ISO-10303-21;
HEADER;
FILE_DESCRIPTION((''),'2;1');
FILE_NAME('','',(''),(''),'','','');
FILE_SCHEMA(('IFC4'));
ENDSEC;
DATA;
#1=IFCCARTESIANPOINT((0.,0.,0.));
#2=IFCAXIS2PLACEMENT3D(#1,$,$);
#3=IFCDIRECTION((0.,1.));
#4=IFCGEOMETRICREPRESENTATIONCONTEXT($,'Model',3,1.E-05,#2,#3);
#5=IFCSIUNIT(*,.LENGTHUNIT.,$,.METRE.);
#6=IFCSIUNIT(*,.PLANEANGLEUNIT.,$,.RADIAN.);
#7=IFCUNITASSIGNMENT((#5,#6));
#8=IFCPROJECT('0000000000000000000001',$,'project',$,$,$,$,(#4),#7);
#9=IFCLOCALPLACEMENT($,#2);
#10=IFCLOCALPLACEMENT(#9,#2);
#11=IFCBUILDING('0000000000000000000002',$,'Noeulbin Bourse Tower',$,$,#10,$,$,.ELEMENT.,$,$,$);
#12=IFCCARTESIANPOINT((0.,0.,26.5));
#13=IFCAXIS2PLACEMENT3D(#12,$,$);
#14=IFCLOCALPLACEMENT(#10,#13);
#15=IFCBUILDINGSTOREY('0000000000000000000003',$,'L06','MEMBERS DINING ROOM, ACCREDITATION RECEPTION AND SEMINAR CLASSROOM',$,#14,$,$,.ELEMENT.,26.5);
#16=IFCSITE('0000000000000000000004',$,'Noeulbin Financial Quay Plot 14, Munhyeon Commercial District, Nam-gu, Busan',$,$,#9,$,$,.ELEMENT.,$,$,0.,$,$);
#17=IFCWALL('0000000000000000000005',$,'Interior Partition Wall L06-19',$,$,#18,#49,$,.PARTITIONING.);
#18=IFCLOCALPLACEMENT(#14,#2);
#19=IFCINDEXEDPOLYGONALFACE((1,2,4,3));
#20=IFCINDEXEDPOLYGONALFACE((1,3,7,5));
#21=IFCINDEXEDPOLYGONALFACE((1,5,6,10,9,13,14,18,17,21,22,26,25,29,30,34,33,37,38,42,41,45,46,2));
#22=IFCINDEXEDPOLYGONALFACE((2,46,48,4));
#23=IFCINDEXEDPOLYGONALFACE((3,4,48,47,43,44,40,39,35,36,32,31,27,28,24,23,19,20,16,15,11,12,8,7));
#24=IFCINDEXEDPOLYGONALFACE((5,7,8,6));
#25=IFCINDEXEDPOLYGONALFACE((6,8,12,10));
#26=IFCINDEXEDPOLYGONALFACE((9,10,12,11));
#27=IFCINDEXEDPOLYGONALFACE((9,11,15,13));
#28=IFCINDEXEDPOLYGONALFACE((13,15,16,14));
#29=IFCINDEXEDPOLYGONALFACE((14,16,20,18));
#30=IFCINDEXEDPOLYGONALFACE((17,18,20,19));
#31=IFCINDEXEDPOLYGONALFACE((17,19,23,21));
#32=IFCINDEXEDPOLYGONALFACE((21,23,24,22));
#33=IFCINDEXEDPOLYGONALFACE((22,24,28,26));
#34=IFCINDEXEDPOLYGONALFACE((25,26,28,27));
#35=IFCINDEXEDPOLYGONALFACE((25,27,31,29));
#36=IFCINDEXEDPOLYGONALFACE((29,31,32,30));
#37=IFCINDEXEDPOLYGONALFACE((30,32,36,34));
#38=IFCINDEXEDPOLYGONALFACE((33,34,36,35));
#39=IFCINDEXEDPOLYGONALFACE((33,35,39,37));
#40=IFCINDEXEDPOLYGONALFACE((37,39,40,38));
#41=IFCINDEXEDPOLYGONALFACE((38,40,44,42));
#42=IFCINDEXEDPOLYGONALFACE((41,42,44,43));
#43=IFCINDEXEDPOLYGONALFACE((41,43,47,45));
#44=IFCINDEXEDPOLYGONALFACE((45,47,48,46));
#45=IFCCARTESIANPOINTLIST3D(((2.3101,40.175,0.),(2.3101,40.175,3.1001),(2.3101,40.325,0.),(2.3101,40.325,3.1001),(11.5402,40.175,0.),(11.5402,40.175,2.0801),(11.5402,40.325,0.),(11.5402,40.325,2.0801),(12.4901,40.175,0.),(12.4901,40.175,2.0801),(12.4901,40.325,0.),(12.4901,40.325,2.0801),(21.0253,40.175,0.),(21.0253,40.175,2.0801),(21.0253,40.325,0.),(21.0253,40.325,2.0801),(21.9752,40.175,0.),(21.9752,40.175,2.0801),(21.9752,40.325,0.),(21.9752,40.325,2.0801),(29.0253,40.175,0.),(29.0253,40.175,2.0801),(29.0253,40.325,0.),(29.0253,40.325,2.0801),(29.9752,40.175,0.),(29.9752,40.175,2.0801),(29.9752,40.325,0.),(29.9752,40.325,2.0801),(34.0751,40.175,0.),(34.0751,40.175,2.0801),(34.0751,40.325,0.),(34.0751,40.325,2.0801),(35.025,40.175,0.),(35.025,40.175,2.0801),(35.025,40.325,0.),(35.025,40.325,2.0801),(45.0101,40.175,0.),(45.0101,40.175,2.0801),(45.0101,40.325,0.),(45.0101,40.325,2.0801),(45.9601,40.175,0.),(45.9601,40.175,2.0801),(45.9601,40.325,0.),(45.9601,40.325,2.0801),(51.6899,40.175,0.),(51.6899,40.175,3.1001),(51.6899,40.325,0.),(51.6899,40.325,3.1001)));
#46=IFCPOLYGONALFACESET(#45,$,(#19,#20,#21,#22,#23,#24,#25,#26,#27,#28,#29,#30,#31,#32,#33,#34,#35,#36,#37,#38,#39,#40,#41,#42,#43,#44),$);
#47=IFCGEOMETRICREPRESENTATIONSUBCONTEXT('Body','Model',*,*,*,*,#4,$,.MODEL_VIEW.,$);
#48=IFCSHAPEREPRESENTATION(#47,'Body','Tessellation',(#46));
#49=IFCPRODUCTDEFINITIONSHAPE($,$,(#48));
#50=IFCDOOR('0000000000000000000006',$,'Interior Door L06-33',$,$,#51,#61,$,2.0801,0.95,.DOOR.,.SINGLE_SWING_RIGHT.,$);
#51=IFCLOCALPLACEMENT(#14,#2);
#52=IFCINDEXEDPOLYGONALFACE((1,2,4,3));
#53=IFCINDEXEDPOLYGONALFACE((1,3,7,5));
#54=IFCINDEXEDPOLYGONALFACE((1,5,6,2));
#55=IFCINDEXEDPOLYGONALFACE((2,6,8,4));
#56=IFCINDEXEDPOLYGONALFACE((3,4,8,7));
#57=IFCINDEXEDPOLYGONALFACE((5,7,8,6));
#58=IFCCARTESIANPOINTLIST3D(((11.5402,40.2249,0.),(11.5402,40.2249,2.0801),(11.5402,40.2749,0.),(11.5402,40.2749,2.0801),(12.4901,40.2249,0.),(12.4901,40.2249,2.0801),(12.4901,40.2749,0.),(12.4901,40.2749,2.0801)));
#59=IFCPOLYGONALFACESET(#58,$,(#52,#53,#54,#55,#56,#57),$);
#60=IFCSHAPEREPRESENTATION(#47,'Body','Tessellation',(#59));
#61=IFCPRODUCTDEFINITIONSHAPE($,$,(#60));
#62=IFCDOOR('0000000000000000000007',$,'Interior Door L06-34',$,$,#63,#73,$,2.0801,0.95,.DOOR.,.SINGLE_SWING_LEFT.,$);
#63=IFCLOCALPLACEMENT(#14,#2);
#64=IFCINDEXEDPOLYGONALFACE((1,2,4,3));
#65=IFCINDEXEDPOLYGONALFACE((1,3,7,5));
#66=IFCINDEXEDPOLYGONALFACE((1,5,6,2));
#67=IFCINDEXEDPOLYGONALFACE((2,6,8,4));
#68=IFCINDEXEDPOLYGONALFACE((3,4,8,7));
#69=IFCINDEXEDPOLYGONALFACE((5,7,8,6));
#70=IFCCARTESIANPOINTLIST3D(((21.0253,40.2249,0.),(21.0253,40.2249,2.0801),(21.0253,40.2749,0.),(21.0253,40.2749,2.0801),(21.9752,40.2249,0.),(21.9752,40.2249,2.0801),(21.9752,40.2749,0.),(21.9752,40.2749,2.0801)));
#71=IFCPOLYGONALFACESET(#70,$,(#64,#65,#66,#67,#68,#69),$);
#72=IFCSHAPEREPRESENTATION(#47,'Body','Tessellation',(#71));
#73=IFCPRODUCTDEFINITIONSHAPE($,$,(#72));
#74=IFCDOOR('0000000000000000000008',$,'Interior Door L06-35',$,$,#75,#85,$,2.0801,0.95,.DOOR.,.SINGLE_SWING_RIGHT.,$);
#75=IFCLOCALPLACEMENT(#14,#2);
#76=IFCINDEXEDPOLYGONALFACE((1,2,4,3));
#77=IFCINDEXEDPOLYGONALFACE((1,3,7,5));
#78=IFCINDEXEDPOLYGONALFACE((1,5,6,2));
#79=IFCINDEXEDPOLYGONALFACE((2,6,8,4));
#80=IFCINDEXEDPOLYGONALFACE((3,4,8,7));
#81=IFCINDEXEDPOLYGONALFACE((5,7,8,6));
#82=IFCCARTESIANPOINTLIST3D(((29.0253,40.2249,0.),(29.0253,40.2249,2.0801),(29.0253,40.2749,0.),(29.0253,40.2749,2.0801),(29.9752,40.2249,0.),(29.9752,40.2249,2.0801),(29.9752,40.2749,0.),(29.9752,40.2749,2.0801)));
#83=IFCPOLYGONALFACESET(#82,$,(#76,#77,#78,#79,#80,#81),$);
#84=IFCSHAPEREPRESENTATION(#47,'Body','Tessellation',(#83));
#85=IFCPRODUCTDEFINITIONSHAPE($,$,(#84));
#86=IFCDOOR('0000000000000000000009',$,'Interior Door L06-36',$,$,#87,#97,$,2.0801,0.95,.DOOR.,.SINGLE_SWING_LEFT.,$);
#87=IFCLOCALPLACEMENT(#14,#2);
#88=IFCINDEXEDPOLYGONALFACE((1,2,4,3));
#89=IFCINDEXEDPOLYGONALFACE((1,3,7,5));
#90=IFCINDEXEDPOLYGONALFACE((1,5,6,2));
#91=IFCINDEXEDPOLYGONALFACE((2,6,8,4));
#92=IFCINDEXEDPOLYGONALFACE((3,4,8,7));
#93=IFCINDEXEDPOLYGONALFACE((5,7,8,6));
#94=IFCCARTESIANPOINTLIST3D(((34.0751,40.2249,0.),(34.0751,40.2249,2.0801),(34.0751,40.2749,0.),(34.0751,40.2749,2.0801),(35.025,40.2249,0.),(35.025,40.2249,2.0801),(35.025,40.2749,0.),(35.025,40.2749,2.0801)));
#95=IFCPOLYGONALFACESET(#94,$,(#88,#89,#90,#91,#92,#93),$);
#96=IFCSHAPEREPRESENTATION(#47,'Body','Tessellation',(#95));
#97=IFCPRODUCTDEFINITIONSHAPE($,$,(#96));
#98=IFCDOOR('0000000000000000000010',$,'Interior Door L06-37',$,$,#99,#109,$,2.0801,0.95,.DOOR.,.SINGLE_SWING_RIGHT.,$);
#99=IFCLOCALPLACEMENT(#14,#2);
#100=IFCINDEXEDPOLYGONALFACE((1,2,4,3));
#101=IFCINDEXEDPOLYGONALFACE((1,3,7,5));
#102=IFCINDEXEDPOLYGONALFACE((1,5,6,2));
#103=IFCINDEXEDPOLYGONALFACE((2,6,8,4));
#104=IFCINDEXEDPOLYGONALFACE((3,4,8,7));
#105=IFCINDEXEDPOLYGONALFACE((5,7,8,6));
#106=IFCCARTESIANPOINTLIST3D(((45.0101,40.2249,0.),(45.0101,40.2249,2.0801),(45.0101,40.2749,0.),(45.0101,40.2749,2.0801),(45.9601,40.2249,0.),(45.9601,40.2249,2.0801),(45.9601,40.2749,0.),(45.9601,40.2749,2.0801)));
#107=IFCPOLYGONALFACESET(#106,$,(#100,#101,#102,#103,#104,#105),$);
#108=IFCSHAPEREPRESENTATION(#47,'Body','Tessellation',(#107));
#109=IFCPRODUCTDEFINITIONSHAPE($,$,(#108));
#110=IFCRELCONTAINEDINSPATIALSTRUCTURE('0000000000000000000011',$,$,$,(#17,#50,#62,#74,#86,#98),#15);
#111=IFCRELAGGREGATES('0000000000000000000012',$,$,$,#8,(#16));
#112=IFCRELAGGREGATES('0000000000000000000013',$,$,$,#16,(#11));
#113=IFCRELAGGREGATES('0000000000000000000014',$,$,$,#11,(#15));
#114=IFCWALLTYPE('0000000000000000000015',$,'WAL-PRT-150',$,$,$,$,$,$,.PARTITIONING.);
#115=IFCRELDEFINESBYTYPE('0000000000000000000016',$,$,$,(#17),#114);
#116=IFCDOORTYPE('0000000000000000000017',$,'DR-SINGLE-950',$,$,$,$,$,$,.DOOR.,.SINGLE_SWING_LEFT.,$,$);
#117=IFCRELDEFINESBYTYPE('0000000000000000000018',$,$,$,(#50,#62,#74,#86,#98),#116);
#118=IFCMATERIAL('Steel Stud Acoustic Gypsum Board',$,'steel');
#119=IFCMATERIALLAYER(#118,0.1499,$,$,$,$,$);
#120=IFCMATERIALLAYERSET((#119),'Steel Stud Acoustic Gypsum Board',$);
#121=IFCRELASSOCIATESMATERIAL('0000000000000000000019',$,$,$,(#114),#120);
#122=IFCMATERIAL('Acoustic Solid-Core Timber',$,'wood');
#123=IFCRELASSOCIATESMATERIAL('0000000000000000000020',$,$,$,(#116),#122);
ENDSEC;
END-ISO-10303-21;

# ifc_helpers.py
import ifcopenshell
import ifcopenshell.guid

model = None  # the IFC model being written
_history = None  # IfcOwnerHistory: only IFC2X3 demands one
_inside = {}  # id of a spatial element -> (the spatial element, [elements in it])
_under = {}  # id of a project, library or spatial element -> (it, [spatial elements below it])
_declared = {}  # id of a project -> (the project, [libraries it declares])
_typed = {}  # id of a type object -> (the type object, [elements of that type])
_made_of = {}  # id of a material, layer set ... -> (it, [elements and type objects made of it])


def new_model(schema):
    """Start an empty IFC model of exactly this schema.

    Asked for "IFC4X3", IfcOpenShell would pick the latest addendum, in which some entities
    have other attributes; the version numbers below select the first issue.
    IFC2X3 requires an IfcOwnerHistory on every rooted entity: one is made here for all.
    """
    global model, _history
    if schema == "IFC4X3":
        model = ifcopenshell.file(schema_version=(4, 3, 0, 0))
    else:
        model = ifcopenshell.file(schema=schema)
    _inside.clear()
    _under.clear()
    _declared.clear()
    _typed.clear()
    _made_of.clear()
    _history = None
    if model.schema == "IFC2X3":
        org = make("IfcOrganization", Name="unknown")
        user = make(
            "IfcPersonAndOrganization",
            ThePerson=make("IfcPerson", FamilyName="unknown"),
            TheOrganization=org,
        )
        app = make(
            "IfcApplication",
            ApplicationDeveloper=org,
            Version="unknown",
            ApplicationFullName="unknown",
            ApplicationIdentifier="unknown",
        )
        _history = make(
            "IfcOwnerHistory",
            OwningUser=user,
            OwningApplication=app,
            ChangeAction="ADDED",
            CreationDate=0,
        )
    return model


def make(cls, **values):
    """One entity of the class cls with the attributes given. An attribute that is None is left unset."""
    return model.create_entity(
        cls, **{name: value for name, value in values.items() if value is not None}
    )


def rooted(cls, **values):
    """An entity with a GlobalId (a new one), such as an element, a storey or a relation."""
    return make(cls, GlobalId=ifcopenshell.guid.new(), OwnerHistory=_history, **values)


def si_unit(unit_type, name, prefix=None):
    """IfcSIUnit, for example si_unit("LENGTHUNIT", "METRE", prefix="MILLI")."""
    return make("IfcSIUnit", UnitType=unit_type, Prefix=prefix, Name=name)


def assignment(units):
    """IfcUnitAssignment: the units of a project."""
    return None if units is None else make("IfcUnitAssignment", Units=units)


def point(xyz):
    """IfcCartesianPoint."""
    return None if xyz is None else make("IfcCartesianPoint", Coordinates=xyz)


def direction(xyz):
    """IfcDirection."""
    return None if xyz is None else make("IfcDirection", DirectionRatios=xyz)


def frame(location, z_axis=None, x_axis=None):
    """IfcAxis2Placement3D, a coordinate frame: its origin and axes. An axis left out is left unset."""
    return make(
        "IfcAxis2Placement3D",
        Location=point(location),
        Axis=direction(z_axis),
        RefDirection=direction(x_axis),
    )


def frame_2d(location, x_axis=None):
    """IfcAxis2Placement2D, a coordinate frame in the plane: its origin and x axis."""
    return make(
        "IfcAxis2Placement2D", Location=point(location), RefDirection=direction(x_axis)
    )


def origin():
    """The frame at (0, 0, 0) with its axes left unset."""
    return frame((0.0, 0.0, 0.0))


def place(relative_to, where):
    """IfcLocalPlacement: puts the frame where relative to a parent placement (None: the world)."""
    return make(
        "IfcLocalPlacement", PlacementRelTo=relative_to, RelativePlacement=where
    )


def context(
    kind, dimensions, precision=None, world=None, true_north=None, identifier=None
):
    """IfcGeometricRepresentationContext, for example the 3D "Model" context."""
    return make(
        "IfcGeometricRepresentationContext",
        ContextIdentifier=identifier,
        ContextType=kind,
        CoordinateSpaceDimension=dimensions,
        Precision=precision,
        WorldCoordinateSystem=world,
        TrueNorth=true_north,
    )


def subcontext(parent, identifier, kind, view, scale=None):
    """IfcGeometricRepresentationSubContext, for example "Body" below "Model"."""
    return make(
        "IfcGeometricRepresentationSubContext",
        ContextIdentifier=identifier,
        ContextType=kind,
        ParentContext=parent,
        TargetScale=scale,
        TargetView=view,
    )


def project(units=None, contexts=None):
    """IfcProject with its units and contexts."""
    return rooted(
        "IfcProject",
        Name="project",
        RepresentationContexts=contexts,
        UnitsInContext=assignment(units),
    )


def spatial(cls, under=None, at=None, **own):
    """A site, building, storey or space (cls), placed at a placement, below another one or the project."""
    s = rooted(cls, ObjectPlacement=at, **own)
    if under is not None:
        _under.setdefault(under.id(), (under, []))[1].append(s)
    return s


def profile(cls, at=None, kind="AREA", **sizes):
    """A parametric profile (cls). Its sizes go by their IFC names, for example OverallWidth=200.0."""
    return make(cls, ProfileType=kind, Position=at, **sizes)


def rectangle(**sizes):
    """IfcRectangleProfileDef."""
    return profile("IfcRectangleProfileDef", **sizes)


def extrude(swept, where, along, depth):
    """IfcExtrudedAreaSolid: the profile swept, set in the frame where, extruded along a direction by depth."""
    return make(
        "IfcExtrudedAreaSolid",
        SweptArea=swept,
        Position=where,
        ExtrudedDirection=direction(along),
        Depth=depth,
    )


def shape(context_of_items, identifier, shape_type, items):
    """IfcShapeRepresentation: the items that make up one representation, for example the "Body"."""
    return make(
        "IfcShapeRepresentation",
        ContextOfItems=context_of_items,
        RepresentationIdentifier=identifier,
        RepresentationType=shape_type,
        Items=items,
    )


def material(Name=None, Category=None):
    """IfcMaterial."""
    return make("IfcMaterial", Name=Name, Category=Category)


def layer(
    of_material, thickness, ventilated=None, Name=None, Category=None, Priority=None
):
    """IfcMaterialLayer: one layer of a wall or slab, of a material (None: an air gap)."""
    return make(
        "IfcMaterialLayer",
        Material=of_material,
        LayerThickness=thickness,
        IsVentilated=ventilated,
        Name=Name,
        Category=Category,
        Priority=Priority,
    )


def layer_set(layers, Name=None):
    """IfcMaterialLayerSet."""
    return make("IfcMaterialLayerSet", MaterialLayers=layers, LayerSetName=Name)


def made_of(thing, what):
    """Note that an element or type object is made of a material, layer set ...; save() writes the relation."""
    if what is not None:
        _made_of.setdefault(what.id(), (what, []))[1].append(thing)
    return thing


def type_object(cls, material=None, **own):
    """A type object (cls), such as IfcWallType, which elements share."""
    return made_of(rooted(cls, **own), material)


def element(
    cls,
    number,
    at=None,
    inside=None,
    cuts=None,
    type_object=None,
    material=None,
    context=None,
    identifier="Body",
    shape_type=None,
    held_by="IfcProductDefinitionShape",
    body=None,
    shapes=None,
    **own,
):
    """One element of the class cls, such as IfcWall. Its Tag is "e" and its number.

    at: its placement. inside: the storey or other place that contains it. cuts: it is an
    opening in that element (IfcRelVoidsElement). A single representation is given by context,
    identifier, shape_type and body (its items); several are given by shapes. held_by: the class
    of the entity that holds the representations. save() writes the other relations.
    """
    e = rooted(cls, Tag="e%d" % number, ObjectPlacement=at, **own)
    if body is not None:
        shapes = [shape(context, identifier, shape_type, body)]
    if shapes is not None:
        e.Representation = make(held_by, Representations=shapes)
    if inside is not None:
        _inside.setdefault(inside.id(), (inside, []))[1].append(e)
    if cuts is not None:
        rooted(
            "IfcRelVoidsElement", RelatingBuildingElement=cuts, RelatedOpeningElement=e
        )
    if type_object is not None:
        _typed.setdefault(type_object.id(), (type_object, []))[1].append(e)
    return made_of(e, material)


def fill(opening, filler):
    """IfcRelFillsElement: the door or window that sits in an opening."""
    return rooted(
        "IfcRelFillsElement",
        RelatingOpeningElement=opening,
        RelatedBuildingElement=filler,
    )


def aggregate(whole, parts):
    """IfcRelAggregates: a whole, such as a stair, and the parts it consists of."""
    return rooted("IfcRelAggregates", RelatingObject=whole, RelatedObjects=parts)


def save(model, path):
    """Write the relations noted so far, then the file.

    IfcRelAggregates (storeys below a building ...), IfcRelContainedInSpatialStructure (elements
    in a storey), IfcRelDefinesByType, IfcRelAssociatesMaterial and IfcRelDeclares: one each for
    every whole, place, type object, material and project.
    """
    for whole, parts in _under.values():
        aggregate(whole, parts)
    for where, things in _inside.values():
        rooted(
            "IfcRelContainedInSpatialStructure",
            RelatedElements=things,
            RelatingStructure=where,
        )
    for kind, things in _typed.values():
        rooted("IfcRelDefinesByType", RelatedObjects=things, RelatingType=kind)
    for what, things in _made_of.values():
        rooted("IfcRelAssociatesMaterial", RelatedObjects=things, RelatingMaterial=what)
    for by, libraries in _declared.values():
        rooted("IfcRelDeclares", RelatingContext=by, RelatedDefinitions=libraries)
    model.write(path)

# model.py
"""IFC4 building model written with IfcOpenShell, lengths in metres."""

from ifc_helpers import new_model, si_unit, direction, frame, frame_2d, origin, place, context, subcontext, project, spatial, rectangle, extrude, material, layer, layer_set, type_object, element, fill, save


model = new_model("IFC4")

# Units and contexts
model_context = context("Model", 3, precision=1e-05, world=origin(), true_north=direction((0.0, 1.0)))
body_context = subcontext(model_context, "Body", "Model", "MODEL_VIEW")
ifc_project = project(units=[si_unit("LENGTHUNIT", "METRE"), si_unit("PLANEANGLEUNIT", "RADIAN")], contexts=[model_context])

# Site, building, storey
site_placement = place(None, origin())
site = spatial("IfcSite", under=ifc_project, at=site_placement, Name="Noeulbin Financial Quay Plot 14, Munhyeon Commercial District, Nam-gu, Busan", CompositionType="ELEMENT", RefElevation=0.0)
building_placement = place(site_placement, origin())
building = spatial("IfcBuilding", under=site, at=building_placement, Name="Noeulbin Bourse Tower", CompositionType="ELEMENT")
storey_placement = place(building_placement, frame((0.0, 0.0, 26.5)))
storey = spatial("IfcBuildingStorey", under=building, at=storey_placement, Name="L06", Description="MEMBERS DINING ROOM, ACCREDITATION RECEPTION AND SEMINAR CLASSROOM", CompositionType="ELEMENT", Elevation=26.5)

# Wall, openings, doors
ifc_material_1 = material(Name="Steel Stud Acoustic Gypsum Board", Category="steel")
ifc_layer_1 = layer(ifc_material_1, 0.1499)
ifc_layer_set_1 = layer_set([ifc_layer_1], Name="Steel Stud Acoustic Gypsum Board")
wall_type_1 = type_object("IfcWallType", Name="WAL-PRT-150", PredefinedType="PARTITIONING", material=ifc_layer_set_1)
wall_1_placement = place(storey_placement, frame((2.3101, 40.25, 0.0), z_axis=(0.0, 0.0, 1.0), x_axis=(1.0, 0.0, 0.0)))
wall_1 = element("IfcWall", 1, at=wall_1_placement, inside=storey, type_object=wall_type_1, Name="Interior Partition Wall L06-19", PredefinedType="PARTITIONING", context=body_context, shape_type="SweptSolid", body=[
    extrude(rectangle(XDim=49.3799, YDim=0.1499, at=frame_2d((24.6899, 0.0))), origin(), (0.0, 0.0, 1.0), 3.1001),
])
opening_1_placement = place(wall_1_placement, frame((9.23, 0.0, 0.0)))
opening_1 = element("IfcOpeningElement", 2, at=opening_1_placement, cuts=wall_1, PredefinedType="OPENING", context=body_context, shape_type="SweptSolid", body=[
    extrude(rectangle(XDim=0.95, YDim=2.0801, at=frame_2d((0.4751, 1.04))), frame((0.0, 0.085, 0.0), z_axis=(0.0, -1.0, 0.0), x_axis=(1.0, 0.0, 0.0)), (0.0, 0.0, 1.0), 0.1699),
])
opening_2_placement = place(wall_1_placement, frame((18.7151, 0.0, 0.0)))
opening_2 = element("IfcOpeningElement", 3, at=opening_2_placement, cuts=wall_1, PredefinedType="OPENING", context=body_context, shape_type="SweptSolid", body=[
    extrude(rectangle(XDim=0.95, YDim=2.0801, at=frame_2d((0.4751, 1.04))), frame((0.0, 0.085, 0.0), z_axis=(0.0, -1.0, 0.0), x_axis=(1.0, 0.0, 0.0)), (0.0, 0.0, 1.0), 0.1699),
])
opening_3_placement = place(wall_1_placement, frame((26.7151, 0.0, 0.0)))
opening_3 = element("IfcOpeningElement", 4, at=opening_3_placement, cuts=wall_1, PredefinedType="OPENING", context=body_context, shape_type="SweptSolid", body=[
    extrude(rectangle(XDim=0.95, YDim=2.0801, at=frame_2d((0.4751, 1.04))), frame((0.0, 0.085, 0.0), z_axis=(0.0, -1.0, 0.0), x_axis=(1.0, 0.0, 0.0)), (0.0, 0.0, 1.0), 0.1699),
])
opening_4_placement = place(wall_1_placement, frame((31.7649, 0.0, 0.0)))
opening_4 = element("IfcOpeningElement", 5, at=opening_4_placement, cuts=wall_1, PredefinedType="OPENING", context=body_context, shape_type="SweptSolid", body=[
    extrude(rectangle(XDim=0.95, YDim=2.0801, at=frame_2d((0.4751, 1.04))), frame((0.0, 0.085, 0.0), z_axis=(0.0, -1.0, 0.0), x_axis=(1.0, 0.0, 0.0)), (0.0, 0.0, 1.0), 0.1699),
])
opening_5_placement = place(wall_1_placement, frame((42.7, 0.0, 0.0)))
opening_5 = element("IfcOpeningElement", 6, at=opening_5_placement, cuts=wall_1, PredefinedType="OPENING", context=body_context, shape_type="SweptSolid", body=[
    extrude(rectangle(XDim=0.95, YDim=2.0801, at=frame_2d((0.4751, 1.04))), frame((0.0, 0.085, 0.0), z_axis=(0.0, -1.0, 0.0), x_axis=(1.0, 0.0, 0.0)), (0.0, 0.0, 1.0), 0.1699),
])
ifc_material_2 = material(Name="Acoustic Solid-Core Timber", Category="wood")
door_type = type_object("IfcDoorType", Name="DR-SINGLE-950", OperationType="SINGLE_SWING_LEFT", PredefinedType="DOOR", material=ifc_material_2)
door_1_placement = place(opening_1_placement, origin())
door_1 = element("IfcDoor", 7, at=door_1_placement, inside=storey, type_object=door_type, Name="Interior Door L06-33", OperationType="SINGLE_SWING_RIGHT", OverallHeight=2.0801, OverallWidth=0.95, PredefinedType="DOOR", context=body_context, shape_type="SweptSolid", body=[
    extrude(rectangle(XDim=0.95, YDim=2.0801, at=frame_2d((0.4751, 1.04))), frame((0.0, 0.0249, 0.0), z_axis=(0.0, -1.0, 0.0), x_axis=(1.0, 0.0, 0.0)), (0.0, 0.0, 1.0), 0.05),
])
fill(opening_1, door_1)
door_2_placement = place(opening_2_placement, origin())
door_2 = element("IfcDoor", 8, at=door_2_placement, inside=storey, type_object=door_type, Name="Interior Door L06-34", OperationType="SINGLE_SWING_LEFT", OverallHeight=2.0801, OverallWidth=0.95, PredefinedType="DOOR", context=body_context, shape_type="SweptSolid", body=[
    extrude(rectangle(XDim=0.95, YDim=2.0801, at=frame_2d((0.4751, 1.04))), frame((0.0, 0.0249, 0.0), z_axis=(0.0, -1.0, 0.0), x_axis=(1.0, 0.0, 0.0)), (0.0, 0.0, 1.0), 0.05),
])
fill(opening_2, door_2)
door_3_placement = place(opening_3_placement, origin())
door_3 = element("IfcDoor", 9, at=door_3_placement, inside=storey, type_object=door_type, Name="Interior Door L06-35", OperationType="SINGLE_SWING_RIGHT", OverallHeight=2.0801, OverallWidth=0.95, PredefinedType="DOOR", context=body_context, shape_type="SweptSolid", body=[
    extrude(rectangle(XDim=0.95, YDim=2.0801, at=frame_2d((0.4751, 1.04))), frame((0.0, 0.0249, 0.0), z_axis=(0.0, -1.0, 0.0), x_axis=(1.0, 0.0, 0.0)), (0.0, 0.0, 1.0), 0.05),
])
fill(opening_3, door_3)
door_4_placement = place(opening_4_placement, origin())
door_4 = element("IfcDoor", 10, at=door_4_placement, inside=storey, type_object=door_type, Name="Interior Door L06-36", OperationType="SINGLE_SWING_LEFT", OverallHeight=2.0801, OverallWidth=0.95, PredefinedType="DOOR", context=body_context, shape_type="SweptSolid", body=[
    extrude(rectangle(XDim=0.95, YDim=2.0801, at=frame_2d((0.4751, 1.04))), frame((0.0, 0.0249, 0.0), z_axis=(0.0, -1.0, 0.0), x_axis=(1.0, 0.0, 0.0)), (0.0, 0.0, 1.0), 0.05),
])
fill(opening_4, door_4)
door_5_placement = place(opening_5_placement, origin())
door_5 = element("IfcDoor", 11, at=door_5_placement, inside=storey, type_object=door_type, Name="Interior Door L06-37", OperationType="SINGLE_SWING_RIGHT", OverallHeight=2.0801, OverallWidth=0.95, PredefinedType="DOOR", context=body_context, shape_type="SweptSolid", body=[
    extrude(rectangle(XDim=0.95, YDim=2.0801, at=frame_2d((0.4751, 1.04))), frame((0.0, 0.0249, 0.0), z_axis=(0.0, -1.0, 0.0), x_axis=(1.0, 0.0, 0.0)), (0.0, 0.0, 1.0), 0.05),
])
fill(opening_5, door_5)

save(model, "model.ifc")
